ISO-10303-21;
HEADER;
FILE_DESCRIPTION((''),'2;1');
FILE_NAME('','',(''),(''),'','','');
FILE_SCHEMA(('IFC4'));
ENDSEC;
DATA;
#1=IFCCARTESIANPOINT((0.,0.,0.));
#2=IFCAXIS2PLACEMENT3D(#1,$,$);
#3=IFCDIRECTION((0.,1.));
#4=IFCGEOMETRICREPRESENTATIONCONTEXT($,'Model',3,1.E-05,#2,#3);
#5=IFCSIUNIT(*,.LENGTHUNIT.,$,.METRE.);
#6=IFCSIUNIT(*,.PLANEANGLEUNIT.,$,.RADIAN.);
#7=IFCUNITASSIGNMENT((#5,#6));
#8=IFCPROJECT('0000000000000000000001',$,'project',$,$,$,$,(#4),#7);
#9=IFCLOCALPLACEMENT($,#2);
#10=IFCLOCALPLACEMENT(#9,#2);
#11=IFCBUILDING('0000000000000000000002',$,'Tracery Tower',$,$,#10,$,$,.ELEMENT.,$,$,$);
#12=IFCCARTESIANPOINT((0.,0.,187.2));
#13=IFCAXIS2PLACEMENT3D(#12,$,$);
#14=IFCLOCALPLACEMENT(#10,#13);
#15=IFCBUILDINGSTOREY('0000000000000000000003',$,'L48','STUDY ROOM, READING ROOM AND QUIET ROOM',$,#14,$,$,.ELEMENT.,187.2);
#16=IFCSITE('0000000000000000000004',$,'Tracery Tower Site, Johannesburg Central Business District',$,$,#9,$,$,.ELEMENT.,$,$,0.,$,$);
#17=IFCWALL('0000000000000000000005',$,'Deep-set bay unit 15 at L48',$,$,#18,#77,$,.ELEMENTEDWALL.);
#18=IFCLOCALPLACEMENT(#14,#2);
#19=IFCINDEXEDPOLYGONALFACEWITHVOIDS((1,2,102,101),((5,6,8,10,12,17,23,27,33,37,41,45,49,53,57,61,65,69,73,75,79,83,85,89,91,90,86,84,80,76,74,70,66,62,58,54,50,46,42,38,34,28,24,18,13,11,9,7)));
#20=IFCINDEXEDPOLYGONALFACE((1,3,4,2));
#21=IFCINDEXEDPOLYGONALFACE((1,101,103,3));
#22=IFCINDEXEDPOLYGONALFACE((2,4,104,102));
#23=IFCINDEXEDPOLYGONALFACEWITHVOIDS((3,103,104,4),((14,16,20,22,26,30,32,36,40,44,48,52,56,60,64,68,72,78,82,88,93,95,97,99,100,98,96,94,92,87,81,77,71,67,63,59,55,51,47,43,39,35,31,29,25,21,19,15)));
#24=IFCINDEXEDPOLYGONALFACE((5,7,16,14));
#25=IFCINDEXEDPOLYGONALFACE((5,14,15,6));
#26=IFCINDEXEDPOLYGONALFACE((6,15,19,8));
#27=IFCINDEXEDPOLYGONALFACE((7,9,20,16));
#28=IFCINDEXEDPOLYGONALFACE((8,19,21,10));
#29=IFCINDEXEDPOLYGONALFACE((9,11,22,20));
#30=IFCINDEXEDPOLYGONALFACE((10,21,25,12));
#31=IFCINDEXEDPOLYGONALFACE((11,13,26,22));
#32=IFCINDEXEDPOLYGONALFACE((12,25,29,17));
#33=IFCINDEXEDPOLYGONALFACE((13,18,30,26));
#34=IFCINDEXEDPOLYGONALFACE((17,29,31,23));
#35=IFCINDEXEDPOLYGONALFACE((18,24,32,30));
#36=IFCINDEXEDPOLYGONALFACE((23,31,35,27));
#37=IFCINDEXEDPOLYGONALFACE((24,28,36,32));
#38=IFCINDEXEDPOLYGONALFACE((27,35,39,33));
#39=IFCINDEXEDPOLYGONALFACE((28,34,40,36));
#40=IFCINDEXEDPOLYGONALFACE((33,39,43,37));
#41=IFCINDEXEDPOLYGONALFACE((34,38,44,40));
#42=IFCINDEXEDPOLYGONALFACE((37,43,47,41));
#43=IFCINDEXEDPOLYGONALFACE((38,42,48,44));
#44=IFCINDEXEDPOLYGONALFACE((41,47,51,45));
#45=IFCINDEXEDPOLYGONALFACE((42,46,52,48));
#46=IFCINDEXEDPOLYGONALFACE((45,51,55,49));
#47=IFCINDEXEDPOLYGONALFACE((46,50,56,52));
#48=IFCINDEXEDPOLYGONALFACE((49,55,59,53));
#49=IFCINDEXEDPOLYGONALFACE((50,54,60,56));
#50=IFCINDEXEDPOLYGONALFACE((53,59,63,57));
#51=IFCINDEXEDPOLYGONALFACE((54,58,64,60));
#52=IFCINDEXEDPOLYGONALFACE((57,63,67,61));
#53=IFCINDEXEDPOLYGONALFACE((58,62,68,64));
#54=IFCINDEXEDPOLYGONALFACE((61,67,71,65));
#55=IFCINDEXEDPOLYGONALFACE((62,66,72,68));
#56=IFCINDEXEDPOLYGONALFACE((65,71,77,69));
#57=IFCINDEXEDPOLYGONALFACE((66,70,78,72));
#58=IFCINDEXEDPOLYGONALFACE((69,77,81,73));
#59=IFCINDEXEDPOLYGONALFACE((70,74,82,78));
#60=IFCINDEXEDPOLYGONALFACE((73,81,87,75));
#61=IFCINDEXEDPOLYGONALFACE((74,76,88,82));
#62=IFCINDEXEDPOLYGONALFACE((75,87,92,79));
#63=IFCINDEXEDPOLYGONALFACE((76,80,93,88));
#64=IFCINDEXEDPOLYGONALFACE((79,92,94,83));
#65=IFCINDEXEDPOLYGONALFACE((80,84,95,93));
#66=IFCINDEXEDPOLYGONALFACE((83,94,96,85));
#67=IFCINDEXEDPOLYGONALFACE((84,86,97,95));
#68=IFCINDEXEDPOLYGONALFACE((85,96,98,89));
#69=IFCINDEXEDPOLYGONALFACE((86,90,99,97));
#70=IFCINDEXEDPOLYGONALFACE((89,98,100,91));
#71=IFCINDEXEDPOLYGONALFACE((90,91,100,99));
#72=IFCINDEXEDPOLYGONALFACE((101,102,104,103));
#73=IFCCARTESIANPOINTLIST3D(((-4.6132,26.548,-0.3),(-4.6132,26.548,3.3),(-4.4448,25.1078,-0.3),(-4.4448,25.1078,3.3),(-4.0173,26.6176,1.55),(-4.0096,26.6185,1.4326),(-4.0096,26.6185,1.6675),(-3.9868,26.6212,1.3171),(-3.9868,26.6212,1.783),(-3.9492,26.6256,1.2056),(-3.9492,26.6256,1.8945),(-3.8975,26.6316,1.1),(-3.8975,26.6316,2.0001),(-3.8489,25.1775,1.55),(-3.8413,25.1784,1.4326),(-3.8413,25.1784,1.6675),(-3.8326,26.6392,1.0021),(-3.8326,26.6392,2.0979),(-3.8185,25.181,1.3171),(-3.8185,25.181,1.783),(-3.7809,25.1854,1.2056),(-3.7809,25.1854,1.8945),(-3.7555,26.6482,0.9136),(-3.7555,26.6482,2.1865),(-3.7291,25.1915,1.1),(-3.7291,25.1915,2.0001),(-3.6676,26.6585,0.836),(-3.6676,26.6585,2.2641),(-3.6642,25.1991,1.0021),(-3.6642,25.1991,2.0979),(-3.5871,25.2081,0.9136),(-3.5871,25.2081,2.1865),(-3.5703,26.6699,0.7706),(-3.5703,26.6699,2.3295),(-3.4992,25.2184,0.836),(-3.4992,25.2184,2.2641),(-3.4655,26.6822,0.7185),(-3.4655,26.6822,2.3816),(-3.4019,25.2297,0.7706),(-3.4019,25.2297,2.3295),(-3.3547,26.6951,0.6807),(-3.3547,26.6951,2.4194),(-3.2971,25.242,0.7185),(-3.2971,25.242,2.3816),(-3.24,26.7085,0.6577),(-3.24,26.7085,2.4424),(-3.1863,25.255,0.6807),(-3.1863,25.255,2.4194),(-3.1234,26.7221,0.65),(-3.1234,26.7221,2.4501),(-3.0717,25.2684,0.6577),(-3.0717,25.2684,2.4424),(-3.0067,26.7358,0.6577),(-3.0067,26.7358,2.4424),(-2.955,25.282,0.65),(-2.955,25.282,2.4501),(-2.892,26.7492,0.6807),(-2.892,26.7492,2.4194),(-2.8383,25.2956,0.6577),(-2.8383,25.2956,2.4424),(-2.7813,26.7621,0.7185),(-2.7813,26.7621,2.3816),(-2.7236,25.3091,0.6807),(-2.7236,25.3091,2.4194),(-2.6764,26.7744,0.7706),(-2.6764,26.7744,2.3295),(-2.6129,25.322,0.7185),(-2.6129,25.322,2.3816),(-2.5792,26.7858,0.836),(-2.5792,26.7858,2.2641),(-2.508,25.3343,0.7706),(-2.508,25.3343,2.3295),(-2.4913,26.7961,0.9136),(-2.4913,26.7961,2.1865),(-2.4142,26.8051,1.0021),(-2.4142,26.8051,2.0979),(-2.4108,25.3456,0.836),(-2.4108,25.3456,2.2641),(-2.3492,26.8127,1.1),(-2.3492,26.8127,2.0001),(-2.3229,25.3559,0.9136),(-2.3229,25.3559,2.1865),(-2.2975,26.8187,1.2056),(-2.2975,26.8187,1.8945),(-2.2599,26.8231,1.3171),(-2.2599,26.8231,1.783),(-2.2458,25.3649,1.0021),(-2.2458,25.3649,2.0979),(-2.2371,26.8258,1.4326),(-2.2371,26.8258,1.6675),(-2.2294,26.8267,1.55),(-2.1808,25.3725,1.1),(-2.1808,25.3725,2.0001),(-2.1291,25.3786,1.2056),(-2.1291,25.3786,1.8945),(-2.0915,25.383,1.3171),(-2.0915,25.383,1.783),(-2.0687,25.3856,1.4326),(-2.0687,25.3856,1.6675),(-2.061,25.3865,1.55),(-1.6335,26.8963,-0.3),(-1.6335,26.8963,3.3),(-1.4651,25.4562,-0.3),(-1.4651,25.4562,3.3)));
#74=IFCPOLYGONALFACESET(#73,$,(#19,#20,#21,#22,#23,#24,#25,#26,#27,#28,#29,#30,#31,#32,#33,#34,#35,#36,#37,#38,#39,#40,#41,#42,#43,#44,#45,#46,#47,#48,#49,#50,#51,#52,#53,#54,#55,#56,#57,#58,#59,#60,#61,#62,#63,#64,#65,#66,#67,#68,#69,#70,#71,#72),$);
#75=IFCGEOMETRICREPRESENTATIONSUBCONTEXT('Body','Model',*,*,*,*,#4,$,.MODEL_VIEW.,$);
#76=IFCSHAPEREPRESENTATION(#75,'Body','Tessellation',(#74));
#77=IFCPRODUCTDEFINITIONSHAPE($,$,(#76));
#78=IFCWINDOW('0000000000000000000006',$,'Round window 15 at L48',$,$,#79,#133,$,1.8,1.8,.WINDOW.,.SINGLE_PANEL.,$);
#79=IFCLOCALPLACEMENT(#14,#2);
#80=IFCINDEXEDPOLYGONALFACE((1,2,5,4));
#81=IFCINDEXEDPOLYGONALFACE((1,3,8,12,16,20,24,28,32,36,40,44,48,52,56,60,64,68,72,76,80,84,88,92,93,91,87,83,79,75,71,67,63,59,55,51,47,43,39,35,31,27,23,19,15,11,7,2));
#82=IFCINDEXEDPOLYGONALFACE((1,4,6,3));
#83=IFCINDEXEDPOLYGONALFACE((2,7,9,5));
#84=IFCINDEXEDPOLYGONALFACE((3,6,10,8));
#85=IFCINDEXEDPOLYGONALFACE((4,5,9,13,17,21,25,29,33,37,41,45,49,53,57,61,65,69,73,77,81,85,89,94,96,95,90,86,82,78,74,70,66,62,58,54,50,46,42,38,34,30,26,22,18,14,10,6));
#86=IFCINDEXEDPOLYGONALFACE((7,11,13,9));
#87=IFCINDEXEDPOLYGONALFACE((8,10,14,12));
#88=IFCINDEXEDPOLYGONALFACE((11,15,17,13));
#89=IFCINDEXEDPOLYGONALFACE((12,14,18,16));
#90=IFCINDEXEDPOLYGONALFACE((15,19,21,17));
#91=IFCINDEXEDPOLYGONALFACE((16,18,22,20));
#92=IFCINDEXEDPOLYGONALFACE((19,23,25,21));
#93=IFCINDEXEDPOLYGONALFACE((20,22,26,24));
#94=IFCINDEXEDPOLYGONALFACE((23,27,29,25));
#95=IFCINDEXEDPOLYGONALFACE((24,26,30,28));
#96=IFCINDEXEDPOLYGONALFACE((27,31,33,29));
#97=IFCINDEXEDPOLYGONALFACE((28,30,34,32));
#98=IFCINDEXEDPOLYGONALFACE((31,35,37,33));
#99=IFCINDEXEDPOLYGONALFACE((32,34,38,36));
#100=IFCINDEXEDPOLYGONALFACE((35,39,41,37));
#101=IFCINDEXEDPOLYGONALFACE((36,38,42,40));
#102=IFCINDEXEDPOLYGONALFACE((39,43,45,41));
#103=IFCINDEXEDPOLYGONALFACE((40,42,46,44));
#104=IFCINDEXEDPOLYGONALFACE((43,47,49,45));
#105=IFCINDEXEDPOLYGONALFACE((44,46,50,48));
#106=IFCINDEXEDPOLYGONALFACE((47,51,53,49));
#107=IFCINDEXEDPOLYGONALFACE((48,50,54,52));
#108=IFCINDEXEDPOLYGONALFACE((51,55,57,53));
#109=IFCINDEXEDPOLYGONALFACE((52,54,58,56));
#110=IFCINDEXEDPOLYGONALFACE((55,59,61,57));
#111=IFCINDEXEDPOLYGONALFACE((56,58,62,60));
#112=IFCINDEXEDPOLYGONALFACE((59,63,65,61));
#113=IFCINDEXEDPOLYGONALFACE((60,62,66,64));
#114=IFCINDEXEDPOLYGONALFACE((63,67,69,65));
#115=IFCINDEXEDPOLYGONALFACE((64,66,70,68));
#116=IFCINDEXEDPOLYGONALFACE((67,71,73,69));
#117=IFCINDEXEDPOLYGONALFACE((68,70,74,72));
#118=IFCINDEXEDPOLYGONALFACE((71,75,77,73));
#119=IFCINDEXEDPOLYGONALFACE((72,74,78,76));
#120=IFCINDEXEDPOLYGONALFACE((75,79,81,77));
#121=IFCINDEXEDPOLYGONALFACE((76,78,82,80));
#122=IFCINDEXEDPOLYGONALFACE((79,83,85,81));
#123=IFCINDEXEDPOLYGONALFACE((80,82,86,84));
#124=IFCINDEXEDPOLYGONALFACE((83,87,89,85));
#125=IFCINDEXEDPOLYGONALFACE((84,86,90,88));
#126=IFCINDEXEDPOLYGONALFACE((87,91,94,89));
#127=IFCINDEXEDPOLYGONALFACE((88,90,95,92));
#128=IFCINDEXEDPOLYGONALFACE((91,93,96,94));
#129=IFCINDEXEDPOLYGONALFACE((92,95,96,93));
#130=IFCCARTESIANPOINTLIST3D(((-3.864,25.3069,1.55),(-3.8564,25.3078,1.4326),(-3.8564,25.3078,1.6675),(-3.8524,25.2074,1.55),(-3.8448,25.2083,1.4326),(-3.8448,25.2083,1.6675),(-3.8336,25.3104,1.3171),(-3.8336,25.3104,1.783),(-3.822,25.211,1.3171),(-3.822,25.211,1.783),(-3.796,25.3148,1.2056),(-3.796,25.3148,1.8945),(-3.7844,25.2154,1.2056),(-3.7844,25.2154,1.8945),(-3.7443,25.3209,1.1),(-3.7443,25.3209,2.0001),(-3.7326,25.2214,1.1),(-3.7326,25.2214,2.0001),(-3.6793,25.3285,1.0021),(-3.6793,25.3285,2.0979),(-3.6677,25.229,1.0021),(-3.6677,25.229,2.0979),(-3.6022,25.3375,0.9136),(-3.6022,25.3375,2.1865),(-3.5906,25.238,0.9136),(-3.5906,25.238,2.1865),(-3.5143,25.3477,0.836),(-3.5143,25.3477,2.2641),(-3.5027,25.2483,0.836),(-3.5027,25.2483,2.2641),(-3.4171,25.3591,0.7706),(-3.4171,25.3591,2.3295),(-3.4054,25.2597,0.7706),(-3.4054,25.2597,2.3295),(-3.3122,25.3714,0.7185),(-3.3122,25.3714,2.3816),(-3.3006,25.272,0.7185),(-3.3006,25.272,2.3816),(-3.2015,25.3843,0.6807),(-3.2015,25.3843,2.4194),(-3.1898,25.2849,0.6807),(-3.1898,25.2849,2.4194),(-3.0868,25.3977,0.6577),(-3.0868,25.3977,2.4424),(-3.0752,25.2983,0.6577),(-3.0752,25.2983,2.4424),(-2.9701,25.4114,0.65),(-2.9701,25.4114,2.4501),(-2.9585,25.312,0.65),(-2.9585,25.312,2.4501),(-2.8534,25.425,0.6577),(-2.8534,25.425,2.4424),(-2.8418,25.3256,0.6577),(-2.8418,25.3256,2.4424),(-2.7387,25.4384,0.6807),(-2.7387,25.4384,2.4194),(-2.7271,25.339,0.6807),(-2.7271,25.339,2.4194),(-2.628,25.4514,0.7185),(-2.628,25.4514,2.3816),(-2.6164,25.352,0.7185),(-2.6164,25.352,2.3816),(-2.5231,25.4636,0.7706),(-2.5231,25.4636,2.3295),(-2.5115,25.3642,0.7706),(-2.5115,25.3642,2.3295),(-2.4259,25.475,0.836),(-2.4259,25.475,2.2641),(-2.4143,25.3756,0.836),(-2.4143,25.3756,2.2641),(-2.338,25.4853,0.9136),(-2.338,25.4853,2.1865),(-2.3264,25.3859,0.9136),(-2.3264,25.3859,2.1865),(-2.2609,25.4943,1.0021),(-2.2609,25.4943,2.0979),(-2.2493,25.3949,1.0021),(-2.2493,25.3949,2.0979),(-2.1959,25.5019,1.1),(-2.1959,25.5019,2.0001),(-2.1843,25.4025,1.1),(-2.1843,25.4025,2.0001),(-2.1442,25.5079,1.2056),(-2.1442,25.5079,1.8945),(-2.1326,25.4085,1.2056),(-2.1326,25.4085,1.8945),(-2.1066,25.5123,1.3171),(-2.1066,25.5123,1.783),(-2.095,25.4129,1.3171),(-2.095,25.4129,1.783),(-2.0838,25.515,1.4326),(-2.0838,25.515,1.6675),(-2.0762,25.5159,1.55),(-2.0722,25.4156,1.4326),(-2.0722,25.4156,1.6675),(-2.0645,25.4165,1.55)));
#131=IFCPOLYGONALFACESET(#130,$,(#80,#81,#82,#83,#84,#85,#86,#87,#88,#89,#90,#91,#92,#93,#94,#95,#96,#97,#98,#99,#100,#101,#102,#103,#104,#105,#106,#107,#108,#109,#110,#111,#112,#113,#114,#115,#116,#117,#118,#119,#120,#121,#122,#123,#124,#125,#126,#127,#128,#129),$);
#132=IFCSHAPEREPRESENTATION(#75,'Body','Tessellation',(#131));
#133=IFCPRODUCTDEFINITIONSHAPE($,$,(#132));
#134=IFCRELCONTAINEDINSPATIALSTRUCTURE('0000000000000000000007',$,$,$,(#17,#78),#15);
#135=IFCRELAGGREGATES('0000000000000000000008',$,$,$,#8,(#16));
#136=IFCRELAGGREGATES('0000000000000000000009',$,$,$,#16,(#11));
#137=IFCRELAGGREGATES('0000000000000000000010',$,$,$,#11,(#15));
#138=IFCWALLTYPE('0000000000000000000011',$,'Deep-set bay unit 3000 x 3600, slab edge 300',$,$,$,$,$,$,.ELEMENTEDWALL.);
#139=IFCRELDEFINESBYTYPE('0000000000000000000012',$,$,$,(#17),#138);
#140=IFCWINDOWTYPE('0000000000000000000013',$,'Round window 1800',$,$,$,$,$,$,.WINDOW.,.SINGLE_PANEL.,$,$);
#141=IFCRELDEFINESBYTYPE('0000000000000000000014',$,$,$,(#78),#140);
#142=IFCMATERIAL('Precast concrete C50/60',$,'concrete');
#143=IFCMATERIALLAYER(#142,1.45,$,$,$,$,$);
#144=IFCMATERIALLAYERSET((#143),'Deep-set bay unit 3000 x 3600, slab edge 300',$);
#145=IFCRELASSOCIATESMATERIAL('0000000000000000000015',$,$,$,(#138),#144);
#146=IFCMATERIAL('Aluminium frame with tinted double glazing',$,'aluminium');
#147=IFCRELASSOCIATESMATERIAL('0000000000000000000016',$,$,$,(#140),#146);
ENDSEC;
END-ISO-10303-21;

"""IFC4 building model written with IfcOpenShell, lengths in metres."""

from ifc_helpers import new_model, si_unit, direction, frame, frame_2d, origin, origin_2d, place, context, subcontext, project, spatial, rectangle, circle, extrude, material, layer, layer_set, type_object, element, fill, save


model = new_model("IFC4")

# Units and contexts
model_context = context("Model", 3, precision=1e-05, world=origin(), true_north=direction((0.0, 1.0)))
body_context = subcontext(model_context, "Body", "Model", "MODEL_VIEW")
ifc_project = project(units=[si_unit("LENGTHUNIT", "METRE"), si_unit("PLANEANGLEUNIT", "RADIAN")], contexts=[model_context])

# Site, building, storey
site_placement = place(None, origin())
site = spatial("IfcSite", under=ifc_project, at=site_placement, Name="Tracery Tower Site, Johannesburg Central Business District", CompositionType="ELEMENT", RefElevation=0.0)
building_placement = place(site_placement, origin())
building = spatial("IfcBuilding", under=site, at=building_placement, Name="Tracery Tower", CompositionType="ELEMENT")
storey_placement = place(building_placement, frame((0.0, 0.0, 187.2)))
storey = spatial("IfcBuildingStorey", under=building, at=storey_placement, Name="L48", Description="STUDY ROOM, READING ROOM AND QUIET ROOM", CompositionType="ELEMENT", Elevation=187.2)

# Wall, opening, window
ifc_material_1 = material(Name="Precast concrete C50/60", Category="concrete")
ifc_layer_1 = layer(ifc_material_1, 1.45)
ifc_layer_set_1 = layer_set([ifc_layer_1], Name="Deep-set bay unit 3000 x 3600, slab edge 300")
wall_type_1 = type_object("IfcWallType", Name="Deep-set bay unit 3000 x 3600, slab edge 300", PredefinedType="ELEMENTEDWALL", material=ifc_layer_set_1)
ifc_material_2 = material(Name="Aluminium frame with tinted double glazing", Category="aluminium")
window_type = type_object("IfcWindowType", Name="Round window 1800", PartitioningType="SINGLE_PANEL", PredefinedType="WINDOW", material=ifc_material_2)
wall_1_placement = place(storey_placement, frame((-1.5493, 26.1763, -0.3), z_axis=(0.0, 0.0, 1.0), x_axis=(-0.993234, -0.116128, 0.0)))
wall_1 = element("IfcWall", 1, at=wall_1_placement, inside=storey, type_object=wall_type_1, Name="Deep-set bay unit 15 at L48", PredefinedType="ELEMENTEDWALL", context=body_context, shape_type="SweptSolid", body=[
    extrude(rectangle(XDim=3.0, YDim=1.45, at=frame_2d((1.5, 0.0))), origin(), (0.0, 0.0, 1.0), 3.6001),
])
opening_1_placement = place(wall_1_placement, frame((1.5, 0.0, 1.8501)))
opening_1 = element("IfcOpeningElement", 2, at=opening_1_placement, cuts=wall_1, PredefinedType="OPENING", context=body_context, shape_type="SweptSolid", body=[
    extrude(circle(Radius=0.9, at=origin_2d()), frame((0.0, 0.7349, 0.0), z_axis=(0.0, -1.0, 0.0), x_axis=(1.0, 0.0, 0.0)), (0.0, 0.0, 1.0), 1.47),
])
window_1_placement = place(opening_1_placement, origin())
window_1 = element("IfcWindow", 3, at=window_1_placement, inside=storey, type_object=window_type, Name="Round window 15 at L48", OverallHeight=1.8, OverallWidth=1.8, PartitioningType="SINGLE_PANEL", PredefinedType="WINDOW", context=body_context, shape_type="SweptSolid", body=[
    extrude(circle(Radius=0.9, at=origin_2d()), frame((0.0, 0.6948, 0.0), z_axis=(0.0, -1.0, 0.0), x_axis=(1.0, 0.0, 0.0)), (0.0, 0.0, 1.0), 0.1001),
])
fill(opening_1, window_1)

save(model, "model.ifc")
